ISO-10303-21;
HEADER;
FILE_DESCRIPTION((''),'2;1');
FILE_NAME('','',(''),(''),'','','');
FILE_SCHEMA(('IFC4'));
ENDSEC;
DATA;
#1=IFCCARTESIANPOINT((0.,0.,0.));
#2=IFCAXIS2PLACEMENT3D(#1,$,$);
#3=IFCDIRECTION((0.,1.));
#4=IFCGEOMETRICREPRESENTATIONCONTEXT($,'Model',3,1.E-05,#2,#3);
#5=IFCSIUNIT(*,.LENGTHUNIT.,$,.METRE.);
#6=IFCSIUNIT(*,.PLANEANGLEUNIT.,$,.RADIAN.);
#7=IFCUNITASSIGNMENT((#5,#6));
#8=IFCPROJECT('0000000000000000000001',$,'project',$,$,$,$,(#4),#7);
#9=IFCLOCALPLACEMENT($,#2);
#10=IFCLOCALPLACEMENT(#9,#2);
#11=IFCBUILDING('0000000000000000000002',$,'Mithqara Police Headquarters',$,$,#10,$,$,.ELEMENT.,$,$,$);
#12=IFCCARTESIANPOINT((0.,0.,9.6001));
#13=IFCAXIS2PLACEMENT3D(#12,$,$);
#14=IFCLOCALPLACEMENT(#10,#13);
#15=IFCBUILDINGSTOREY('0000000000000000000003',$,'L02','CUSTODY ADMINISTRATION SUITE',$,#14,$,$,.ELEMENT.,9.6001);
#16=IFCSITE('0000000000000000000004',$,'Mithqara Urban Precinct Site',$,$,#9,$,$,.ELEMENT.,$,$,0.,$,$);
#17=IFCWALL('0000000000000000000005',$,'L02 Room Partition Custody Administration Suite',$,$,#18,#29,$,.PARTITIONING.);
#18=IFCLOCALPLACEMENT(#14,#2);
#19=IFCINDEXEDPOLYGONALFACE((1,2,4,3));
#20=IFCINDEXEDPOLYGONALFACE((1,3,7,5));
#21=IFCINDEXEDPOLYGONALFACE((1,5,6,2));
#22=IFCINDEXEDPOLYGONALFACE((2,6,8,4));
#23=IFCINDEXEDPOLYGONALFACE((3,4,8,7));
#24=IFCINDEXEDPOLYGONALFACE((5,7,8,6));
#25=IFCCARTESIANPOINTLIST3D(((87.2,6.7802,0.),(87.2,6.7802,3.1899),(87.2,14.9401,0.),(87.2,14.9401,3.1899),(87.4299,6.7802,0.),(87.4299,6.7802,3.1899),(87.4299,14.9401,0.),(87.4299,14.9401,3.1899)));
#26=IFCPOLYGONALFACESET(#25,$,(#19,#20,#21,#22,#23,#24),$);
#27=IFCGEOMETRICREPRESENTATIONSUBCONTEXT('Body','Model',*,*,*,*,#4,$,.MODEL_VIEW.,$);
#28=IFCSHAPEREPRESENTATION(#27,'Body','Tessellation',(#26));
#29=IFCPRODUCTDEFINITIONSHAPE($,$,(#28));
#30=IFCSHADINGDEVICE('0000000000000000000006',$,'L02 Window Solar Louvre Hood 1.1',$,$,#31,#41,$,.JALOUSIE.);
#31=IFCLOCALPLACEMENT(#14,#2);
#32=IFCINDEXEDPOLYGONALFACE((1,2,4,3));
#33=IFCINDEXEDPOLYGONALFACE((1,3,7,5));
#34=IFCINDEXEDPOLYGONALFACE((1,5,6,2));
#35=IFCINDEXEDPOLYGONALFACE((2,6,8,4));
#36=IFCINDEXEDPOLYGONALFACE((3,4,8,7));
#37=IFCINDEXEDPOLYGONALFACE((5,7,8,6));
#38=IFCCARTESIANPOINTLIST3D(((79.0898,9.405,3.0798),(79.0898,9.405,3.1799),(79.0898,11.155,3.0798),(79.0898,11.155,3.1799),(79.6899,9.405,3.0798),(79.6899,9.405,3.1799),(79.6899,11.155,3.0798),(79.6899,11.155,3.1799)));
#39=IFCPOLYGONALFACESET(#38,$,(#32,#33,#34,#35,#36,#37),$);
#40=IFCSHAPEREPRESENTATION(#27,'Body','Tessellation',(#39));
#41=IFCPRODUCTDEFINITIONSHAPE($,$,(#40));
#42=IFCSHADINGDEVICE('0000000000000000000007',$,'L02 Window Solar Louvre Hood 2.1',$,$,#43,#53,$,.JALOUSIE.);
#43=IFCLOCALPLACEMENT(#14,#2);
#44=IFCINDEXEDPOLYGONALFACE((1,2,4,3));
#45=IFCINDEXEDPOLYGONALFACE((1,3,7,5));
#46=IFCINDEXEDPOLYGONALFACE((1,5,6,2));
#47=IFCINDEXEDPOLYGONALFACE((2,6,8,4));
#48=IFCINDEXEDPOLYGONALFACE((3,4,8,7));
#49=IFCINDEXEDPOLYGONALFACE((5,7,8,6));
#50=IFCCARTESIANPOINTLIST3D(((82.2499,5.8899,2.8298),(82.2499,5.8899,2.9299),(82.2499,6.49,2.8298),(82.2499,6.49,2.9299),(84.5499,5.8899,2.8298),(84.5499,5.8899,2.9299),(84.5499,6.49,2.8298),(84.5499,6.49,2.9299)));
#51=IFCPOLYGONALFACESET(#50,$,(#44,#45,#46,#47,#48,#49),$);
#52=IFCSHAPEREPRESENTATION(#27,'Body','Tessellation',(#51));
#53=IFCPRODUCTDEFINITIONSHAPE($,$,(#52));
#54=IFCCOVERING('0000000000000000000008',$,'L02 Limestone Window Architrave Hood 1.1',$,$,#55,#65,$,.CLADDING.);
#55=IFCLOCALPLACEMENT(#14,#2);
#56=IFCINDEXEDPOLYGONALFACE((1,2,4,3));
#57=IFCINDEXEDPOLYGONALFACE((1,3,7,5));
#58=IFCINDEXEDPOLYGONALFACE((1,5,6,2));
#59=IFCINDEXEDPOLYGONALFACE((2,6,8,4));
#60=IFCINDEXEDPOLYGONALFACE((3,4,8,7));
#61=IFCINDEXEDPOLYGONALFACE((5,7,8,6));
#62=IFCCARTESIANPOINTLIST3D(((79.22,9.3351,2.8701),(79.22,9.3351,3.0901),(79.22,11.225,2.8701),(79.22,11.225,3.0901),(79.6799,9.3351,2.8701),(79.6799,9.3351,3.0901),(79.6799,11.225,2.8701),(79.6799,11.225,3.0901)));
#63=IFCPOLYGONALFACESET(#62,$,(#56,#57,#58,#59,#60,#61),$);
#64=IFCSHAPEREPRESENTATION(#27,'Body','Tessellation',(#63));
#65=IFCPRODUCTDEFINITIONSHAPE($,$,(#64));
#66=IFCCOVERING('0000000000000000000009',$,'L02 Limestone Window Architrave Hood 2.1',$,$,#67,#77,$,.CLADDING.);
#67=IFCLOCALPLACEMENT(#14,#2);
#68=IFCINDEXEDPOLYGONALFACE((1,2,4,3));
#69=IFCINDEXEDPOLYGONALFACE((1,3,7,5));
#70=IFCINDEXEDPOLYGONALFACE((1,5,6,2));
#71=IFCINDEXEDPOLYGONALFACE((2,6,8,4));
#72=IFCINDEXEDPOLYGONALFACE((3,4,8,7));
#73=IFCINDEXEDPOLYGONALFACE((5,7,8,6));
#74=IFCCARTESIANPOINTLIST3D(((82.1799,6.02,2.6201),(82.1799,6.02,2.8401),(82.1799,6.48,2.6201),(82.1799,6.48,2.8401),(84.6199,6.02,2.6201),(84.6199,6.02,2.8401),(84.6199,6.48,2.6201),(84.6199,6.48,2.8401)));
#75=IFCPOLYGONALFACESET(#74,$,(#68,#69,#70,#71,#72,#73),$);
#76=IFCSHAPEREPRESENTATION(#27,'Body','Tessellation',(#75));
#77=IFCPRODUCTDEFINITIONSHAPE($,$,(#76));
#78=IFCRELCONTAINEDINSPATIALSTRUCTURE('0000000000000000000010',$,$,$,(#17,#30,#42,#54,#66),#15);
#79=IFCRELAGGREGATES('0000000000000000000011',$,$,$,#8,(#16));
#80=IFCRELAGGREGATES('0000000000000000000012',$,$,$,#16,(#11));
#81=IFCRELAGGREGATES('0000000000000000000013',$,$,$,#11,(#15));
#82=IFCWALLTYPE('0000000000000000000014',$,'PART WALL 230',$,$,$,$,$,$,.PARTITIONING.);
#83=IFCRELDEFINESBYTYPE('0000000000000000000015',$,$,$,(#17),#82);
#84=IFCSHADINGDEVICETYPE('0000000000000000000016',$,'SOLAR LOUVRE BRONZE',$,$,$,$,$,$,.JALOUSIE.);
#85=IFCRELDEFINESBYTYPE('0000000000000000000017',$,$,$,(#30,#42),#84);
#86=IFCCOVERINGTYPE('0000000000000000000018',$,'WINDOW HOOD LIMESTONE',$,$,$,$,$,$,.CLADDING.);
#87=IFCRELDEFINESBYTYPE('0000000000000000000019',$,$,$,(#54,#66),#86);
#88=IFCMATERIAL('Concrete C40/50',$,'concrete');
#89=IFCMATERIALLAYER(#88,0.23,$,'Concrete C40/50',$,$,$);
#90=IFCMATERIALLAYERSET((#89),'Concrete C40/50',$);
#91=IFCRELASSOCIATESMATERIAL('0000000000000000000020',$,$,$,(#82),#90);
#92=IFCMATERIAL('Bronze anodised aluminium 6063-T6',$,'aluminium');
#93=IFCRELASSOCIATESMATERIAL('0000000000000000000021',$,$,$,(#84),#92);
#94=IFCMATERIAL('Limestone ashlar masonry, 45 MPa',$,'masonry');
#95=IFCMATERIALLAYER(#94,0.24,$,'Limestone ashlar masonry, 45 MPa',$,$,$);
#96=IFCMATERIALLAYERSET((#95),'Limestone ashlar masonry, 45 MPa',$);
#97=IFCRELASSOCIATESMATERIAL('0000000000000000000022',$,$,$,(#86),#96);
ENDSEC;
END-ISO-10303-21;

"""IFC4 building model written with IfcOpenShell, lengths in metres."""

from ifc_helpers import new_model, si_unit, direction, frame, frame_2d, origin, origin_2d, place, context, subcontext, project, spatial, rectangle, extrude, material, layer, layer_set, type_object, element, save


model = new_model("IFC4")

# Units and contexts
model_context = context("Model", 3, precision=1e-05, world=origin(), true_north=direction((0.0, 1.0)))
body_context = subcontext(model_context, "Body", "Model", "MODEL_VIEW")
ifc_project = project(units=[si_unit("LENGTHUNIT", "METRE"), si_unit("PLANEANGLEUNIT", "RADIAN")], contexts=[model_context])

# Site, building, storey
site_placement = place(None, origin())
site = spatial("IfcSite", under=ifc_project, at=site_placement, Name="Mithqara Urban Precinct Site", CompositionType="ELEMENT", RefElevation=0.0)
building_placement = place(site_placement, origin())
building = spatial("IfcBuilding", under=site, at=building_placement, Name="Mithqara Police Headquarters", CompositionType="ELEMENT")
storey_placement = place(building_placement, frame((0.0, 0.0, 9.6001)))
storey = spatial("IfcBuildingStorey", under=building, at=storey_placement, Name="L02", Description="CUSTODY ADMINISTRATION SUITE", CompositionType="ELEMENT", Elevation=9.6001)

# Shared definitions
ifc_material_1 = material(Name="Concrete C40/50", Category="concrete")

# Shared definitions
ifc_material_2 = material(Name="Limestone ashlar masonry, 45 MPa", Category="masonry")

# Wall
ifc_layer_1 = layer(ifc_material_1, 0.23, Name="Concrete C40/50")
ifc_layer_set_1 = layer_set([ifc_layer_1], Name="Concrete C40/50")
wall_type_1 = type_object("IfcWallType", Name="PART WALL 230", PredefinedType="PARTITIONING", material=ifc_layer_set_1)
wall_1_placement = place(storey_placement, frame((87.3149, 6.78, 0.0), z_axis=(0.0, 0.0, 1.0), x_axis=(0.0, 1.0, 0.0)))
element("IfcWall", 1, at=wall_1_placement, inside=storey, type_object=wall_type_1, Name="L02 Room Partition Custody Administration Suite", PredefinedType="PARTITIONING", context=body_context, shape_type="SweptSolid", body=[
    extrude(rectangle(XDim=8.1599, YDim=0.23, at=frame_2d((4.0801, 0.0))), origin(), (0.0, 0.0, 1.0), 3.1899),
])

# Shading devices
ifc_material_3 = material(Name="Bronze anodised aluminium 6063-T6", Category="aluminium")
shading_device_type = type_object("IfcShadingDeviceType", Name="SOLAR LOUVRE BRONZE", PredefinedType="JALOUSIE", material=ifc_material_3)
shading_device_1_placement = place(storey_placement, frame((79.3899, 10.28, 3.0798), z_axis=(0.0, 0.0, 1.0), x_axis=(0.0, 1.0, 0.0)))
element("IfcShadingDevice", 2, at=shading_device_1_placement, inside=storey, type_object=shading_device_type, Name="L02 Window Solar Louvre Hood 1.1", PredefinedType="JALOUSIE", context=body_context, shape_type="SweptSolid", body=[
    extrude(rectangle(XDim=1.75, YDim=0.6001, at=origin_2d()), origin(), (0.0, 0.0, 1.0), 0.1001),
])
shading_device_2_placement = place(storey_placement, frame((83.3999, 6.1899, 2.8298), z_axis=(0.0, 0.0, 1.0), x_axis=(1.0, 0.0, 0.0)))
element("IfcShadingDevice", 3, at=shading_device_2_placement, inside=storey, type_object=shading_device_type, Name="L02 Window Solar Louvre Hood 2.1", PredefinedType="JALOUSIE", context=body_context, shape_type="SweptSolid", body=[
    extrude(rectangle(XDim=2.3, YDim=0.6001, at=origin_2d()), origin(), (0.0, 0.0, 1.0), 0.1001),
])

# Coverings
ifc_layer_2 = layer(ifc_material_2, 0.24, Name="Limestone ashlar masonry, 45 MPa")
ifc_layer_set_2 = layer_set([ifc_layer_2], Name="Limestone ashlar masonry, 45 MPa")
covering_type = type_object("IfcCoveringType", Name="WINDOW HOOD LIMESTONE", PredefinedType="CLADDING", material=ifc_layer_set_2)
covering_1_placement = place(storey_placement, frame((79.45, 10.28, 2.8701), z_axis=(0.0, 0.0, 1.0), x_axis=(0.0, 1.0, 0.0)))
element("IfcCovering", 4, at=covering_1_placement, inside=storey, type_object=covering_type, Name="L02 Limestone Window Architrave Hood 1.1", PredefinedType="CLADDING", context=body_context, shape_type="SweptSolid", body=[
    extrude(rectangle(XDim=1.8899, YDim=0.46, at=origin_2d()), origin(), (0.0, 0.0, 1.0), 0.22),
])
covering_2_placement = place(storey_placement, frame((83.3999, 6.25, 2.6201), z_axis=(0.0, 0.0, 1.0), x_axis=(1.0, 0.0, 0.0)))
element("IfcCovering", 5, at=covering_2_placement, inside=storey, type_object=covering_type, Name="L02 Limestone Window Architrave Hood 2.1", PredefinedType="CLADDING", context=body_context, shape_type="SweptSolid", body=[
    extrude(rectangle(XDim=2.4399, YDim=0.46, at=origin_2d()), origin(), (0.0, 0.0, 1.0), 0.22),
])

save(model, "model.ifc")
